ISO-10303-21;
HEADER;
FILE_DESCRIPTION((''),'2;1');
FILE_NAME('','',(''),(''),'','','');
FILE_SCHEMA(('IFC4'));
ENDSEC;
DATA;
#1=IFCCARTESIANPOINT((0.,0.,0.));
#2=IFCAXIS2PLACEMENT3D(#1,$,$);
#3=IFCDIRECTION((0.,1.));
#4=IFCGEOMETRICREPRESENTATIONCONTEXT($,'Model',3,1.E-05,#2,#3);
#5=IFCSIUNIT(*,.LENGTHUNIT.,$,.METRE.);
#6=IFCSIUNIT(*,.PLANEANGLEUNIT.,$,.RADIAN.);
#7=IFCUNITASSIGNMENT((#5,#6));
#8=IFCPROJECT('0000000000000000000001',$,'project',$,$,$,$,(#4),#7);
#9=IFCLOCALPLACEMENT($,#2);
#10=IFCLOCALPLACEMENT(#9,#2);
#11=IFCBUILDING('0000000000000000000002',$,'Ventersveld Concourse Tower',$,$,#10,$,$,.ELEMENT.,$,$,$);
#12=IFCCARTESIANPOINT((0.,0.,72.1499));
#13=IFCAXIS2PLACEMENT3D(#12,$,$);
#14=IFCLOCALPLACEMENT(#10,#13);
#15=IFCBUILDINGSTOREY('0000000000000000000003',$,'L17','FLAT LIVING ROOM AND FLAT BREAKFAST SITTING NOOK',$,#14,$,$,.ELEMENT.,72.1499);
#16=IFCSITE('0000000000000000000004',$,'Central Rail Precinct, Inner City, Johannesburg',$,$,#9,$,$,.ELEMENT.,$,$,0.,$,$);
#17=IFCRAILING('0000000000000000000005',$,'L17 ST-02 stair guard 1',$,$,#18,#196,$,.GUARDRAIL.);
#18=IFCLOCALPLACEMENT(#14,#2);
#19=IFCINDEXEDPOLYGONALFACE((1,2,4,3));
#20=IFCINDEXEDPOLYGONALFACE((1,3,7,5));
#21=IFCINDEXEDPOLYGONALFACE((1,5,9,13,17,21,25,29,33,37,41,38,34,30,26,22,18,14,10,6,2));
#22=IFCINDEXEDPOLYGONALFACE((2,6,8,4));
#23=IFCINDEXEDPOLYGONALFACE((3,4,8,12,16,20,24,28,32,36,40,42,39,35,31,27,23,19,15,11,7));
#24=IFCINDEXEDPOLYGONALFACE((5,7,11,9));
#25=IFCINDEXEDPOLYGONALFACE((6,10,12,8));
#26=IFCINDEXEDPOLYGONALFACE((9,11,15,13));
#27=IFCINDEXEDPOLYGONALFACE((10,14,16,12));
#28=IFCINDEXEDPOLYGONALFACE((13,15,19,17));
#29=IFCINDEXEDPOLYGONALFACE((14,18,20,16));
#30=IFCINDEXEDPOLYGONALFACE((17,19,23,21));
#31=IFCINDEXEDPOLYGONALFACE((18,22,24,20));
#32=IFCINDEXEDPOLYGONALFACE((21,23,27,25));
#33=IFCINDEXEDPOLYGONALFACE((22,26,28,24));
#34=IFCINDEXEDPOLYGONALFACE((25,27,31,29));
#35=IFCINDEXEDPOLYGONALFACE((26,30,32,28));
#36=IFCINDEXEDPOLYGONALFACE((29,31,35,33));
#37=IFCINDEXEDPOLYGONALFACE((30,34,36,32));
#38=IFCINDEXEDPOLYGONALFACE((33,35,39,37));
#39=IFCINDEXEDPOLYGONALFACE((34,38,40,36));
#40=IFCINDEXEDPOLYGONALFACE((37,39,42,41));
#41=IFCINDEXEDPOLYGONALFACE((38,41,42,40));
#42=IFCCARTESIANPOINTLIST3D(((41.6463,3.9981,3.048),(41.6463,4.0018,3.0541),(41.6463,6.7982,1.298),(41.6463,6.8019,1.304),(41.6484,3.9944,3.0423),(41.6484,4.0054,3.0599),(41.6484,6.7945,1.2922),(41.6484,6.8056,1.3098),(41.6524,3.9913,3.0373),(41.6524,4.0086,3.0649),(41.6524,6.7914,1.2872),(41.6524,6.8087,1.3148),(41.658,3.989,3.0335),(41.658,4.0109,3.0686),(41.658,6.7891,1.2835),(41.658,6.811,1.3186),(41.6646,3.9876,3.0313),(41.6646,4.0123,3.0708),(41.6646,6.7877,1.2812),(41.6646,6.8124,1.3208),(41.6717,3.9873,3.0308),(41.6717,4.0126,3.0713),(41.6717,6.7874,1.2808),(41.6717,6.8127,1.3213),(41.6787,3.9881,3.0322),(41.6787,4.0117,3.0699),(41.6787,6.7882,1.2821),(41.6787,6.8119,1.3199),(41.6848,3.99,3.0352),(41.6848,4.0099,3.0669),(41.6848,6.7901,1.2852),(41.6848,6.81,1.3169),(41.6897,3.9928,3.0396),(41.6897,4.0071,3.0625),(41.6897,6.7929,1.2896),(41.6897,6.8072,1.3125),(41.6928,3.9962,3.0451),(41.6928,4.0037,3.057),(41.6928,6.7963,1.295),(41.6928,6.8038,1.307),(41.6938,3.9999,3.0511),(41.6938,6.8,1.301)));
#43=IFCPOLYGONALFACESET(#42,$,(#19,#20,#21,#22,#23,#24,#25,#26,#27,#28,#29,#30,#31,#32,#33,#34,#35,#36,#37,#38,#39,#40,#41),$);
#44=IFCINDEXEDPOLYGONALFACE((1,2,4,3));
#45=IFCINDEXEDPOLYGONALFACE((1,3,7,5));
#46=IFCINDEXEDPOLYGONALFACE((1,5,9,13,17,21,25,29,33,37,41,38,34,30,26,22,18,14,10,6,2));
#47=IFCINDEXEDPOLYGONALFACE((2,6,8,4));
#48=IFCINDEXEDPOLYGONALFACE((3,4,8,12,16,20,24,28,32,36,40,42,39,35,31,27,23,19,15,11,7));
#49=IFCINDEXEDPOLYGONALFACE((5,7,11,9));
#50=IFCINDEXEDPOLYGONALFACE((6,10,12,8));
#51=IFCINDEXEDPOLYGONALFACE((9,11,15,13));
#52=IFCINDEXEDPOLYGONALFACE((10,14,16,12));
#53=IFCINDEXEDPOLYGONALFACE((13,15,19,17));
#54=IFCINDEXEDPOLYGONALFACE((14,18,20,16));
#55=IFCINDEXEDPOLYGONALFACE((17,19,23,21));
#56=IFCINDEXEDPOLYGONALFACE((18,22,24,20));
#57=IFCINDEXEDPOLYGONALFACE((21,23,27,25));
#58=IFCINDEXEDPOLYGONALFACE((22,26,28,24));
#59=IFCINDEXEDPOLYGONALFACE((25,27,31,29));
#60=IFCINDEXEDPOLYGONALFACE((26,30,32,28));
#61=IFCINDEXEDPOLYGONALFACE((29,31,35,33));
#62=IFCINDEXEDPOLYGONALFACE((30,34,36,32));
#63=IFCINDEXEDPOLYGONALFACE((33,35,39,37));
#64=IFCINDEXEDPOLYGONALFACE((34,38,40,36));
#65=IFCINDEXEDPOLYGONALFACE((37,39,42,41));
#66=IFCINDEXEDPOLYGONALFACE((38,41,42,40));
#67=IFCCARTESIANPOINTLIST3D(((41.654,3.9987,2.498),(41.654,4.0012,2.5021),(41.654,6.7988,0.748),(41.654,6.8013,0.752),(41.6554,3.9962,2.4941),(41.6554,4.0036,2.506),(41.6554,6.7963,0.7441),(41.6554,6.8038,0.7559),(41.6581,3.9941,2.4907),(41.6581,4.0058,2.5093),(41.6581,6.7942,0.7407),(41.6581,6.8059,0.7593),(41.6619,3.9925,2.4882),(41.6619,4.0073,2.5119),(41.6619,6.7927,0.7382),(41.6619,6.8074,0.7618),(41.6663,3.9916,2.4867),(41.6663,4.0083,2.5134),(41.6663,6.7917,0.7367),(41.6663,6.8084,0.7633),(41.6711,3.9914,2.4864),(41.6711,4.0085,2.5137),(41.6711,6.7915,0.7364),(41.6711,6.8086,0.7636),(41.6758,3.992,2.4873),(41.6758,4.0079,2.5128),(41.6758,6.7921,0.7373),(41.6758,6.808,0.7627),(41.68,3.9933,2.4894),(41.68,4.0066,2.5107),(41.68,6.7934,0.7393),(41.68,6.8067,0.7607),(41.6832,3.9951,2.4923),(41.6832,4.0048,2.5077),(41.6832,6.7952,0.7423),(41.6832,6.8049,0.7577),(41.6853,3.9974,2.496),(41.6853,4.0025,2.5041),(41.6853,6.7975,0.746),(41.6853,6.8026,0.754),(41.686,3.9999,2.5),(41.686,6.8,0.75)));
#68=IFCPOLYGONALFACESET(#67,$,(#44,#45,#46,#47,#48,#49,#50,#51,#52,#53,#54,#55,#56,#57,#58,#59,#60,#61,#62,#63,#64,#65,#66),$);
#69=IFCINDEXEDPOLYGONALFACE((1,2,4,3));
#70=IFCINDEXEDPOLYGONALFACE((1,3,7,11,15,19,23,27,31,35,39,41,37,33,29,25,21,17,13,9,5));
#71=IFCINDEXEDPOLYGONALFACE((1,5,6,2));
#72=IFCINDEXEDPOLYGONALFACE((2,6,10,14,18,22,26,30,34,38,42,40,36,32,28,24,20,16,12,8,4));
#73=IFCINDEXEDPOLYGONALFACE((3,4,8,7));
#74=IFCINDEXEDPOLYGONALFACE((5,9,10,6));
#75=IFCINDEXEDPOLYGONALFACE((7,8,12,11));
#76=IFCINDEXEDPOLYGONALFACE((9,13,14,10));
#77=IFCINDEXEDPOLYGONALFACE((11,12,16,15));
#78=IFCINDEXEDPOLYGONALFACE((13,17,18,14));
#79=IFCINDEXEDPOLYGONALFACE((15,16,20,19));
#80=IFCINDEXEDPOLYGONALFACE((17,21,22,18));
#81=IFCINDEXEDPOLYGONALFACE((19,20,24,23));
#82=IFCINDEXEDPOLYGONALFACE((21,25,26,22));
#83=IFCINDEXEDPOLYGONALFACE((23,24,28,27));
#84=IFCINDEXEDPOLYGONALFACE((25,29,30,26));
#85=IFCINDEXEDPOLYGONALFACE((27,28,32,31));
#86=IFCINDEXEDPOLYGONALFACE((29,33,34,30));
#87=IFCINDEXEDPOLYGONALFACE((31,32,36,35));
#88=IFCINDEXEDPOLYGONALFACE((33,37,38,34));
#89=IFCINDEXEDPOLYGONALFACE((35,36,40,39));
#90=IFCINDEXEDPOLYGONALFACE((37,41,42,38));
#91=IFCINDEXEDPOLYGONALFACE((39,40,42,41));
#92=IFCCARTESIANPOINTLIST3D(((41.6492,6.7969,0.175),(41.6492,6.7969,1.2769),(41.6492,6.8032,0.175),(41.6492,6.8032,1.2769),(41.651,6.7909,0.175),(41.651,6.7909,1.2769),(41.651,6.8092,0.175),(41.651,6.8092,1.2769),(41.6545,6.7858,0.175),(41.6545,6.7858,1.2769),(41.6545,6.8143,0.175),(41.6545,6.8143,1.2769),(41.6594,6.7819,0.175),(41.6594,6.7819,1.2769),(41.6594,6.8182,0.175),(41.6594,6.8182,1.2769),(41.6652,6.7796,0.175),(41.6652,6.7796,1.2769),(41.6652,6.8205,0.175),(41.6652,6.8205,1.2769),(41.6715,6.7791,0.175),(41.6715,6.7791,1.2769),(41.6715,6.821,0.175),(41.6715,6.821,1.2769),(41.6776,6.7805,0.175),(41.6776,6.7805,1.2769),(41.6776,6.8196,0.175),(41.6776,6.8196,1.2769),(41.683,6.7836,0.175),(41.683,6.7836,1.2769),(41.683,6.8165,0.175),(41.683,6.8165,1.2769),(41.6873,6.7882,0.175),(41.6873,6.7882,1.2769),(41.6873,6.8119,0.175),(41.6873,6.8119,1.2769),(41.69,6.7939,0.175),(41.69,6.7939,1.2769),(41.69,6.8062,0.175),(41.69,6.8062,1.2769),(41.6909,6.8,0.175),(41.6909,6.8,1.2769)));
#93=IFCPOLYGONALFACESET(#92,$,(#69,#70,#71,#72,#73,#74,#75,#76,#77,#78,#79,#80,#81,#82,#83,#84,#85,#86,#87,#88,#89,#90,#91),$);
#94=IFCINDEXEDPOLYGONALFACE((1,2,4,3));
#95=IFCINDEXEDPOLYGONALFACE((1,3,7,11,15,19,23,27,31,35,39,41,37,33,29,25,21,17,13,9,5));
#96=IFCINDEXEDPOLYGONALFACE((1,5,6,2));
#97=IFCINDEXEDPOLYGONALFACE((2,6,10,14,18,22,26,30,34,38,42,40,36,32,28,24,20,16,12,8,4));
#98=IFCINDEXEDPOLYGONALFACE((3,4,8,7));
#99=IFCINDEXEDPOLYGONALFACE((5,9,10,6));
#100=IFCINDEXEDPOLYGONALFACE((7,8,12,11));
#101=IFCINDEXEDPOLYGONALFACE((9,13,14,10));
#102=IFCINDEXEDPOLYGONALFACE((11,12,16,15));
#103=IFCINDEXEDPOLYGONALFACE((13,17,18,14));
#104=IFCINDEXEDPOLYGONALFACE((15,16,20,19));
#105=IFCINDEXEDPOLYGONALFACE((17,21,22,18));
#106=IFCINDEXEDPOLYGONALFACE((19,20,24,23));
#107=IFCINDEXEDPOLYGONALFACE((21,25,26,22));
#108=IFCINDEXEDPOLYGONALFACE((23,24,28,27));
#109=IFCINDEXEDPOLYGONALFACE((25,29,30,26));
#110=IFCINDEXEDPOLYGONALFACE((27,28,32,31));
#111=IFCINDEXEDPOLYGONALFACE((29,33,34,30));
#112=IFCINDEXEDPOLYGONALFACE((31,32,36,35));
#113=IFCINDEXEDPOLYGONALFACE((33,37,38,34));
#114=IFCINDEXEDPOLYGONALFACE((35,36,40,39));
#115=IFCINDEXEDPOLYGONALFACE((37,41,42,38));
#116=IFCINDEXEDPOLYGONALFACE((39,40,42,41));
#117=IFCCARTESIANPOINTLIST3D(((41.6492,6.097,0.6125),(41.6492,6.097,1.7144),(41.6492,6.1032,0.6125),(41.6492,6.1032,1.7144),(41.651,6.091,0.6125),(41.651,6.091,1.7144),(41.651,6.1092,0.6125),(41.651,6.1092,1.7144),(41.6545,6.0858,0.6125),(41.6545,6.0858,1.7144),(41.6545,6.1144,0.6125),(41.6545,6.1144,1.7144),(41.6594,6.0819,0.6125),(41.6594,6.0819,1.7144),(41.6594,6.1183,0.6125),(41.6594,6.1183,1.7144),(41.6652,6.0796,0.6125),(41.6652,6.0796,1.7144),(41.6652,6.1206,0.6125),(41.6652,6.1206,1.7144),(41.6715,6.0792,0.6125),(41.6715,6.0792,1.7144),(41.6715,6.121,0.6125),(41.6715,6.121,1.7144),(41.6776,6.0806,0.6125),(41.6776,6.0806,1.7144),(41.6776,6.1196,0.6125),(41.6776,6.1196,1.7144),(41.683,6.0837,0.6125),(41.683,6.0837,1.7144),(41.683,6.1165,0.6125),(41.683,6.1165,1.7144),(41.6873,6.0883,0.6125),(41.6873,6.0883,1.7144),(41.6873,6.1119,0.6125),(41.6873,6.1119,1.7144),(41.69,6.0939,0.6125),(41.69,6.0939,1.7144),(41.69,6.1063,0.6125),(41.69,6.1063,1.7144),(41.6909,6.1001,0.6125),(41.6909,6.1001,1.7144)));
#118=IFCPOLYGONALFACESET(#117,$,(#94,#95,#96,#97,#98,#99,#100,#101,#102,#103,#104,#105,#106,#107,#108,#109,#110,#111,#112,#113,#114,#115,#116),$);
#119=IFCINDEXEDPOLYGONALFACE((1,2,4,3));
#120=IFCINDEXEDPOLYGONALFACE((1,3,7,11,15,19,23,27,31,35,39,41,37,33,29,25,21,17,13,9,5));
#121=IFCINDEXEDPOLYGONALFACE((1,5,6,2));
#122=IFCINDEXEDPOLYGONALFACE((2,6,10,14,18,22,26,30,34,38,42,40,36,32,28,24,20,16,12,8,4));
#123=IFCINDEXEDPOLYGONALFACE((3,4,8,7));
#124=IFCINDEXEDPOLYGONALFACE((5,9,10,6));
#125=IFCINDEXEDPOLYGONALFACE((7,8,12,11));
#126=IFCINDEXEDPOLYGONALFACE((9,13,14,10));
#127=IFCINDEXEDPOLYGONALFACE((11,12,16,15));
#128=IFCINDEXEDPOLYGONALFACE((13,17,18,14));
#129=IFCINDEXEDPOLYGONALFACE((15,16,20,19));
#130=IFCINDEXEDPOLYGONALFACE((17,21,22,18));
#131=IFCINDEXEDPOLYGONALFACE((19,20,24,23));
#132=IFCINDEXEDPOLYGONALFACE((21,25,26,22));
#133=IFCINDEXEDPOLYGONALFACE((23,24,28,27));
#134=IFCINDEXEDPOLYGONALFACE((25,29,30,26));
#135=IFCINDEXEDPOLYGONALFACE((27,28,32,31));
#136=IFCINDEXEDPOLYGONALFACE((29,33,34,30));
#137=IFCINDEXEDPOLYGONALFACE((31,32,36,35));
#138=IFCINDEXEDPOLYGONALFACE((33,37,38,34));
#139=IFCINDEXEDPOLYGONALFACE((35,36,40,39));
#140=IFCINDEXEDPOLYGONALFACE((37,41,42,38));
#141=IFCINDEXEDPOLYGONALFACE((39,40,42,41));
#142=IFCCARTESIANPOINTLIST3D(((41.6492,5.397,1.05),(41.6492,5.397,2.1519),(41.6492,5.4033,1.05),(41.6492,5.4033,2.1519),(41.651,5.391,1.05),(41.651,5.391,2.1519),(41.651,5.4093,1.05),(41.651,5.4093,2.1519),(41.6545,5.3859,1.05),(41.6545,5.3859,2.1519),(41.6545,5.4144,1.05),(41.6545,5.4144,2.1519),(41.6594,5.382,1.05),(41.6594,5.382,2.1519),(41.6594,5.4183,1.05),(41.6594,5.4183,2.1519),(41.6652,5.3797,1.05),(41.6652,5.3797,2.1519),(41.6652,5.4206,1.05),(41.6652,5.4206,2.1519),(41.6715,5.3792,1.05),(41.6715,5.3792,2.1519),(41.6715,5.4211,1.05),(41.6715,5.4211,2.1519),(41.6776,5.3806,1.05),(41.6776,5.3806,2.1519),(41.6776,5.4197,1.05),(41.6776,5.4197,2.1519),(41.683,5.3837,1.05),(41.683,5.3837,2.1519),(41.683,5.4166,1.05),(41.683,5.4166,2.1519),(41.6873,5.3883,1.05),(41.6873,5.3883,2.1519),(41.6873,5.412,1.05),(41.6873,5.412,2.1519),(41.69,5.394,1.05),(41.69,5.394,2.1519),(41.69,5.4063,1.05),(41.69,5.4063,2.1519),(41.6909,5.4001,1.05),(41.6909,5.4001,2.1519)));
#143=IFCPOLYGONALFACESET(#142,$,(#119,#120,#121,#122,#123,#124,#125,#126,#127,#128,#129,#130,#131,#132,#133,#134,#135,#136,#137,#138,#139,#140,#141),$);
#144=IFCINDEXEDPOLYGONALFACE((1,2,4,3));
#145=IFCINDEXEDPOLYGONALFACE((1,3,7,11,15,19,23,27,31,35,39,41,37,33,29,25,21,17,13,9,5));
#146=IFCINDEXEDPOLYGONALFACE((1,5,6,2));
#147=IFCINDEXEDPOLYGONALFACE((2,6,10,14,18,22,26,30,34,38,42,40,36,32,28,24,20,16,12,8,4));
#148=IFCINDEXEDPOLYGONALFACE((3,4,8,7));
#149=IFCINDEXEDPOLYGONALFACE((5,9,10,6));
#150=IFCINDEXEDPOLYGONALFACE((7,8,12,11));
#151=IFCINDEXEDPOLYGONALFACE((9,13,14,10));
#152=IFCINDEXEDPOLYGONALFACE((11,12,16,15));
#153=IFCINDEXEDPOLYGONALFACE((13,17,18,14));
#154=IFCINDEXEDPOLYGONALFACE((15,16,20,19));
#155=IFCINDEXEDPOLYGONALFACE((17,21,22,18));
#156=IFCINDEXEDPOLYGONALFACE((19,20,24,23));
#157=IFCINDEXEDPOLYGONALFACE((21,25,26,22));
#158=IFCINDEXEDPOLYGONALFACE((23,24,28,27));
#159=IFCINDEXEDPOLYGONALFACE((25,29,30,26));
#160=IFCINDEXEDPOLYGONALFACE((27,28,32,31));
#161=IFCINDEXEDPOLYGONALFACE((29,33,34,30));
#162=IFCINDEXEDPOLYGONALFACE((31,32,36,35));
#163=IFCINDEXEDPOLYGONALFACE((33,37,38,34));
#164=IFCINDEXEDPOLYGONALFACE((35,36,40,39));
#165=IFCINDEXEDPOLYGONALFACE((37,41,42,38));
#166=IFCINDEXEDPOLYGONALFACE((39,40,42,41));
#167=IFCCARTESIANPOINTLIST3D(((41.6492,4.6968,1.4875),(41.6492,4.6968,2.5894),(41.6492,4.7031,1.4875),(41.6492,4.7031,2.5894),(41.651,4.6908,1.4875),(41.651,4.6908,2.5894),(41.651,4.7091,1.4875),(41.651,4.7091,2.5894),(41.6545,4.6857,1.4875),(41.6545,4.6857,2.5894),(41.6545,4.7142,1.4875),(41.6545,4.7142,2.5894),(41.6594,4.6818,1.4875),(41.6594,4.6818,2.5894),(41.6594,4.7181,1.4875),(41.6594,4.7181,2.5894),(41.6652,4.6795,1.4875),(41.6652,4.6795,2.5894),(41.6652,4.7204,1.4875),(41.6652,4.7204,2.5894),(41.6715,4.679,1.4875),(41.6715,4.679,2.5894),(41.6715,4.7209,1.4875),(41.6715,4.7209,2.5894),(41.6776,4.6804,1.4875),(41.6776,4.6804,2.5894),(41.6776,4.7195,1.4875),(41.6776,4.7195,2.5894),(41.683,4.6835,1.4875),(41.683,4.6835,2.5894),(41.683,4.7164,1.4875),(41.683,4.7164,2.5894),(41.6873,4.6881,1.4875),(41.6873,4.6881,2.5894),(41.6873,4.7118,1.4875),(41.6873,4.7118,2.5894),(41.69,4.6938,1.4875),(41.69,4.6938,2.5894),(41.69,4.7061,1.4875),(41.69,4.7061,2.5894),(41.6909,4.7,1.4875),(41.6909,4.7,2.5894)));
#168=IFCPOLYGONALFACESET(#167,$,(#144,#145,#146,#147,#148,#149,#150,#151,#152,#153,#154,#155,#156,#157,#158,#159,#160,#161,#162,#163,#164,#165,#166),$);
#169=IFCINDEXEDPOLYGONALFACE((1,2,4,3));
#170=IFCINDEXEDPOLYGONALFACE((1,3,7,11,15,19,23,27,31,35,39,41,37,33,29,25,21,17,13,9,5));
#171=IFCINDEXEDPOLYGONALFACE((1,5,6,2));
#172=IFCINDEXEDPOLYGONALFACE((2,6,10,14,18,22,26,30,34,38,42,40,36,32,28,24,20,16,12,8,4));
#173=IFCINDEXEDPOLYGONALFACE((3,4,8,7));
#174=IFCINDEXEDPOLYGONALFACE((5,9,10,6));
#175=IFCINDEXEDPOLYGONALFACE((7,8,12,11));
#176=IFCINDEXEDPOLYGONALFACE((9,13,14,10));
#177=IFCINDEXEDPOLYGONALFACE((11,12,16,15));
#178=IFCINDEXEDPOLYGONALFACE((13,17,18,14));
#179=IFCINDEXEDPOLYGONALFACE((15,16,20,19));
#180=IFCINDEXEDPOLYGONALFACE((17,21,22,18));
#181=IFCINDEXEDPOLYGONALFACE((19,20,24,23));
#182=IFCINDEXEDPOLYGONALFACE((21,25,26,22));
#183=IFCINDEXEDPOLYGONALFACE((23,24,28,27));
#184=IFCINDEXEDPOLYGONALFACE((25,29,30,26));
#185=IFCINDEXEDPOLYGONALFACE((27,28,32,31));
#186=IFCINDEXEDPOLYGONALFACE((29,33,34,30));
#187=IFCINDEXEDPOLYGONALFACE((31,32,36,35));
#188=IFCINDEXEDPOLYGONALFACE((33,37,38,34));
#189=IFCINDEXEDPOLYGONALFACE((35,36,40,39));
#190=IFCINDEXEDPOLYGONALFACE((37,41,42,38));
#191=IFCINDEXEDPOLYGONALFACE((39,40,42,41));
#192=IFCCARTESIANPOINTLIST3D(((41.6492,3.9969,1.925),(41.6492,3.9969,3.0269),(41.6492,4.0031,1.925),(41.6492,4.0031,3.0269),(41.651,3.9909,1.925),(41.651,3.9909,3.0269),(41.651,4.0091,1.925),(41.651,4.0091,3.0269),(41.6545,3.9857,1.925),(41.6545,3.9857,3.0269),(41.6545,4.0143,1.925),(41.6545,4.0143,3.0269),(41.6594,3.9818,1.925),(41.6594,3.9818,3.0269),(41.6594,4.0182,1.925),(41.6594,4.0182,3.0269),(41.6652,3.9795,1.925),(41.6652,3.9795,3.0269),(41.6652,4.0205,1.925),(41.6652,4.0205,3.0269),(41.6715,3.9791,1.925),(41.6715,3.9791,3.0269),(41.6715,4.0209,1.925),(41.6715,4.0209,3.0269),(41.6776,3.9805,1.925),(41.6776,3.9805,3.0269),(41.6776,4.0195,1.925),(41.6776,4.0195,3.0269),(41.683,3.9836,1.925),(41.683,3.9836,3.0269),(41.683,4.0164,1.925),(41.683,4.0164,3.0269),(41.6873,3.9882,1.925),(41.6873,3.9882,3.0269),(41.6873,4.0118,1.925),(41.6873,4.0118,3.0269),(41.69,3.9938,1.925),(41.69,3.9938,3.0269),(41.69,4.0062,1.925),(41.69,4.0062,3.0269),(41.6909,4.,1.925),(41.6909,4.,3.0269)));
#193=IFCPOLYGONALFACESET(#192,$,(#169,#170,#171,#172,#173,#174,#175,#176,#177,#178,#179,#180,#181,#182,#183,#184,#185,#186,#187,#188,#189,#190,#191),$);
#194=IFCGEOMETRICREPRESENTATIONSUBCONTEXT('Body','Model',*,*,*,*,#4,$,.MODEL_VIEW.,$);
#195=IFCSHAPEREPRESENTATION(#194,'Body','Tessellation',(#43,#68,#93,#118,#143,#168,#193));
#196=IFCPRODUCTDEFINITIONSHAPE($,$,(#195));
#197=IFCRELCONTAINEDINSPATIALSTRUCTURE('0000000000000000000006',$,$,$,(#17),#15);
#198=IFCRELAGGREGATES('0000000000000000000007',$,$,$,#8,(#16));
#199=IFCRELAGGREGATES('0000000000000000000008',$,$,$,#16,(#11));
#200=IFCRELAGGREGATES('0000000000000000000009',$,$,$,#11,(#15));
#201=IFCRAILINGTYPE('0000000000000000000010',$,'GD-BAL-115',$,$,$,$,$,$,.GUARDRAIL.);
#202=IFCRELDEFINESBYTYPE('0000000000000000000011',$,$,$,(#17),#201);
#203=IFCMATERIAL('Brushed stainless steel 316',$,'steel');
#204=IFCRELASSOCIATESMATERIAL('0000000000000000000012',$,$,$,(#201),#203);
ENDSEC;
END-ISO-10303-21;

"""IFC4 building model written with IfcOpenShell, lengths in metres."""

from ifc_helpers import new_model, si_unit, direction, frame, origin, origin_2d, place, context, subcontext, project, spatial, circle, extrude, material, type_object, element, save


model = new_model("IFC4")

# Units and contexts
model_context = context("Model", 3, precision=1e-05, world=origin(), true_north=direction((0.0, 1.0)))
body_context = subcontext(model_context, "Body", "Model", "MODEL_VIEW")
ifc_project = project(units=[si_unit("LENGTHUNIT", "METRE"), si_unit("PLANEANGLEUNIT", "RADIAN")], contexts=[model_context])

# Site, building, storey
site_placement = place(None, origin())
site = spatial("IfcSite", under=ifc_project, at=site_placement, Name="Central Rail Precinct, Inner City, Johannesburg", CompositionType="ELEMENT", RefElevation=0.0)
building_placement = place(site_placement, origin())
building = spatial("IfcBuilding", under=site, at=building_placement, Name="Ventersveld Concourse Tower", CompositionType="ELEMENT")
storey_placement = place(building_placement, frame((0.0, 0.0, 72.1499)))
storey = spatial("IfcBuildingStorey", under=building, at=storey_placement, Name="L17", Description="FLAT LIVING ROOM AND FLAT BREAKFAST SITTING NOOK", CompositionType="ELEMENT", Elevation=72.1499)

# Railing
ifc_material_1 = material(Name="Brushed stainless steel 316", Category="steel")
railing_type_1 = type_object("IfcRailingType", Name="GD-BAL-115", PredefinedType="GUARDRAIL", material=ifc_material_1)
railing_1_placement = place(storey_placement, frame((41.6699, 6.8, 0.175)))
element("IfcRailing", 1, at=railing_1_placement, inside=storey, type_object=railing_type_1, Name="L17 ST-02 stair guard 1", PredefinedType="GUARDRAIL", context=body_context, shape_type="SweptSolid", body=[
    extrude(circle(Radius=0.0239, at=origin_2d()), frame((0.0, 0.0, 1.126), z_axis=(0.0, -0.848002, 0.529992), x_axis=(1.0, 0.0, 0.0)), (0.0, 0.0, 1.0), 3.302),
    extrude(circle(Radius=0.0161, at=origin_2d()), frame((0.0, 0.0, 0.575), z_axis=(0.0, -0.848002, 0.529992), x_axis=(1.0, 0.0, 0.0)), (0.0, 0.0, 1.0), 3.302),
    extrude(circle(Radius=0.021, at=origin_2d()), origin(), (0.0, 0.0, 1.0), 1.1018),
    extrude(circle(Radius=0.021, at=origin_2d()), frame((0.0, -0.7, 0.4375)), (0.0, 0.0, 1.0), 1.1018),
    extrude(circle(Radius=0.021, at=origin_2d()), frame((0.0, -1.3999, 0.875)), (0.0, 0.0, 1.0), 1.1018),
    extrude(circle(Radius=0.021, at=origin_2d()), frame((0.0, -2.1001, 1.3125)), (0.0, 0.0, 1.0), 1.1018),
    extrude(circle(Radius=0.021, at=origin_2d()), frame((0.0, -2.8, 1.75)), (0.0, 0.0, 1.0), 1.1018),
])

save(model, "model.ifc")
